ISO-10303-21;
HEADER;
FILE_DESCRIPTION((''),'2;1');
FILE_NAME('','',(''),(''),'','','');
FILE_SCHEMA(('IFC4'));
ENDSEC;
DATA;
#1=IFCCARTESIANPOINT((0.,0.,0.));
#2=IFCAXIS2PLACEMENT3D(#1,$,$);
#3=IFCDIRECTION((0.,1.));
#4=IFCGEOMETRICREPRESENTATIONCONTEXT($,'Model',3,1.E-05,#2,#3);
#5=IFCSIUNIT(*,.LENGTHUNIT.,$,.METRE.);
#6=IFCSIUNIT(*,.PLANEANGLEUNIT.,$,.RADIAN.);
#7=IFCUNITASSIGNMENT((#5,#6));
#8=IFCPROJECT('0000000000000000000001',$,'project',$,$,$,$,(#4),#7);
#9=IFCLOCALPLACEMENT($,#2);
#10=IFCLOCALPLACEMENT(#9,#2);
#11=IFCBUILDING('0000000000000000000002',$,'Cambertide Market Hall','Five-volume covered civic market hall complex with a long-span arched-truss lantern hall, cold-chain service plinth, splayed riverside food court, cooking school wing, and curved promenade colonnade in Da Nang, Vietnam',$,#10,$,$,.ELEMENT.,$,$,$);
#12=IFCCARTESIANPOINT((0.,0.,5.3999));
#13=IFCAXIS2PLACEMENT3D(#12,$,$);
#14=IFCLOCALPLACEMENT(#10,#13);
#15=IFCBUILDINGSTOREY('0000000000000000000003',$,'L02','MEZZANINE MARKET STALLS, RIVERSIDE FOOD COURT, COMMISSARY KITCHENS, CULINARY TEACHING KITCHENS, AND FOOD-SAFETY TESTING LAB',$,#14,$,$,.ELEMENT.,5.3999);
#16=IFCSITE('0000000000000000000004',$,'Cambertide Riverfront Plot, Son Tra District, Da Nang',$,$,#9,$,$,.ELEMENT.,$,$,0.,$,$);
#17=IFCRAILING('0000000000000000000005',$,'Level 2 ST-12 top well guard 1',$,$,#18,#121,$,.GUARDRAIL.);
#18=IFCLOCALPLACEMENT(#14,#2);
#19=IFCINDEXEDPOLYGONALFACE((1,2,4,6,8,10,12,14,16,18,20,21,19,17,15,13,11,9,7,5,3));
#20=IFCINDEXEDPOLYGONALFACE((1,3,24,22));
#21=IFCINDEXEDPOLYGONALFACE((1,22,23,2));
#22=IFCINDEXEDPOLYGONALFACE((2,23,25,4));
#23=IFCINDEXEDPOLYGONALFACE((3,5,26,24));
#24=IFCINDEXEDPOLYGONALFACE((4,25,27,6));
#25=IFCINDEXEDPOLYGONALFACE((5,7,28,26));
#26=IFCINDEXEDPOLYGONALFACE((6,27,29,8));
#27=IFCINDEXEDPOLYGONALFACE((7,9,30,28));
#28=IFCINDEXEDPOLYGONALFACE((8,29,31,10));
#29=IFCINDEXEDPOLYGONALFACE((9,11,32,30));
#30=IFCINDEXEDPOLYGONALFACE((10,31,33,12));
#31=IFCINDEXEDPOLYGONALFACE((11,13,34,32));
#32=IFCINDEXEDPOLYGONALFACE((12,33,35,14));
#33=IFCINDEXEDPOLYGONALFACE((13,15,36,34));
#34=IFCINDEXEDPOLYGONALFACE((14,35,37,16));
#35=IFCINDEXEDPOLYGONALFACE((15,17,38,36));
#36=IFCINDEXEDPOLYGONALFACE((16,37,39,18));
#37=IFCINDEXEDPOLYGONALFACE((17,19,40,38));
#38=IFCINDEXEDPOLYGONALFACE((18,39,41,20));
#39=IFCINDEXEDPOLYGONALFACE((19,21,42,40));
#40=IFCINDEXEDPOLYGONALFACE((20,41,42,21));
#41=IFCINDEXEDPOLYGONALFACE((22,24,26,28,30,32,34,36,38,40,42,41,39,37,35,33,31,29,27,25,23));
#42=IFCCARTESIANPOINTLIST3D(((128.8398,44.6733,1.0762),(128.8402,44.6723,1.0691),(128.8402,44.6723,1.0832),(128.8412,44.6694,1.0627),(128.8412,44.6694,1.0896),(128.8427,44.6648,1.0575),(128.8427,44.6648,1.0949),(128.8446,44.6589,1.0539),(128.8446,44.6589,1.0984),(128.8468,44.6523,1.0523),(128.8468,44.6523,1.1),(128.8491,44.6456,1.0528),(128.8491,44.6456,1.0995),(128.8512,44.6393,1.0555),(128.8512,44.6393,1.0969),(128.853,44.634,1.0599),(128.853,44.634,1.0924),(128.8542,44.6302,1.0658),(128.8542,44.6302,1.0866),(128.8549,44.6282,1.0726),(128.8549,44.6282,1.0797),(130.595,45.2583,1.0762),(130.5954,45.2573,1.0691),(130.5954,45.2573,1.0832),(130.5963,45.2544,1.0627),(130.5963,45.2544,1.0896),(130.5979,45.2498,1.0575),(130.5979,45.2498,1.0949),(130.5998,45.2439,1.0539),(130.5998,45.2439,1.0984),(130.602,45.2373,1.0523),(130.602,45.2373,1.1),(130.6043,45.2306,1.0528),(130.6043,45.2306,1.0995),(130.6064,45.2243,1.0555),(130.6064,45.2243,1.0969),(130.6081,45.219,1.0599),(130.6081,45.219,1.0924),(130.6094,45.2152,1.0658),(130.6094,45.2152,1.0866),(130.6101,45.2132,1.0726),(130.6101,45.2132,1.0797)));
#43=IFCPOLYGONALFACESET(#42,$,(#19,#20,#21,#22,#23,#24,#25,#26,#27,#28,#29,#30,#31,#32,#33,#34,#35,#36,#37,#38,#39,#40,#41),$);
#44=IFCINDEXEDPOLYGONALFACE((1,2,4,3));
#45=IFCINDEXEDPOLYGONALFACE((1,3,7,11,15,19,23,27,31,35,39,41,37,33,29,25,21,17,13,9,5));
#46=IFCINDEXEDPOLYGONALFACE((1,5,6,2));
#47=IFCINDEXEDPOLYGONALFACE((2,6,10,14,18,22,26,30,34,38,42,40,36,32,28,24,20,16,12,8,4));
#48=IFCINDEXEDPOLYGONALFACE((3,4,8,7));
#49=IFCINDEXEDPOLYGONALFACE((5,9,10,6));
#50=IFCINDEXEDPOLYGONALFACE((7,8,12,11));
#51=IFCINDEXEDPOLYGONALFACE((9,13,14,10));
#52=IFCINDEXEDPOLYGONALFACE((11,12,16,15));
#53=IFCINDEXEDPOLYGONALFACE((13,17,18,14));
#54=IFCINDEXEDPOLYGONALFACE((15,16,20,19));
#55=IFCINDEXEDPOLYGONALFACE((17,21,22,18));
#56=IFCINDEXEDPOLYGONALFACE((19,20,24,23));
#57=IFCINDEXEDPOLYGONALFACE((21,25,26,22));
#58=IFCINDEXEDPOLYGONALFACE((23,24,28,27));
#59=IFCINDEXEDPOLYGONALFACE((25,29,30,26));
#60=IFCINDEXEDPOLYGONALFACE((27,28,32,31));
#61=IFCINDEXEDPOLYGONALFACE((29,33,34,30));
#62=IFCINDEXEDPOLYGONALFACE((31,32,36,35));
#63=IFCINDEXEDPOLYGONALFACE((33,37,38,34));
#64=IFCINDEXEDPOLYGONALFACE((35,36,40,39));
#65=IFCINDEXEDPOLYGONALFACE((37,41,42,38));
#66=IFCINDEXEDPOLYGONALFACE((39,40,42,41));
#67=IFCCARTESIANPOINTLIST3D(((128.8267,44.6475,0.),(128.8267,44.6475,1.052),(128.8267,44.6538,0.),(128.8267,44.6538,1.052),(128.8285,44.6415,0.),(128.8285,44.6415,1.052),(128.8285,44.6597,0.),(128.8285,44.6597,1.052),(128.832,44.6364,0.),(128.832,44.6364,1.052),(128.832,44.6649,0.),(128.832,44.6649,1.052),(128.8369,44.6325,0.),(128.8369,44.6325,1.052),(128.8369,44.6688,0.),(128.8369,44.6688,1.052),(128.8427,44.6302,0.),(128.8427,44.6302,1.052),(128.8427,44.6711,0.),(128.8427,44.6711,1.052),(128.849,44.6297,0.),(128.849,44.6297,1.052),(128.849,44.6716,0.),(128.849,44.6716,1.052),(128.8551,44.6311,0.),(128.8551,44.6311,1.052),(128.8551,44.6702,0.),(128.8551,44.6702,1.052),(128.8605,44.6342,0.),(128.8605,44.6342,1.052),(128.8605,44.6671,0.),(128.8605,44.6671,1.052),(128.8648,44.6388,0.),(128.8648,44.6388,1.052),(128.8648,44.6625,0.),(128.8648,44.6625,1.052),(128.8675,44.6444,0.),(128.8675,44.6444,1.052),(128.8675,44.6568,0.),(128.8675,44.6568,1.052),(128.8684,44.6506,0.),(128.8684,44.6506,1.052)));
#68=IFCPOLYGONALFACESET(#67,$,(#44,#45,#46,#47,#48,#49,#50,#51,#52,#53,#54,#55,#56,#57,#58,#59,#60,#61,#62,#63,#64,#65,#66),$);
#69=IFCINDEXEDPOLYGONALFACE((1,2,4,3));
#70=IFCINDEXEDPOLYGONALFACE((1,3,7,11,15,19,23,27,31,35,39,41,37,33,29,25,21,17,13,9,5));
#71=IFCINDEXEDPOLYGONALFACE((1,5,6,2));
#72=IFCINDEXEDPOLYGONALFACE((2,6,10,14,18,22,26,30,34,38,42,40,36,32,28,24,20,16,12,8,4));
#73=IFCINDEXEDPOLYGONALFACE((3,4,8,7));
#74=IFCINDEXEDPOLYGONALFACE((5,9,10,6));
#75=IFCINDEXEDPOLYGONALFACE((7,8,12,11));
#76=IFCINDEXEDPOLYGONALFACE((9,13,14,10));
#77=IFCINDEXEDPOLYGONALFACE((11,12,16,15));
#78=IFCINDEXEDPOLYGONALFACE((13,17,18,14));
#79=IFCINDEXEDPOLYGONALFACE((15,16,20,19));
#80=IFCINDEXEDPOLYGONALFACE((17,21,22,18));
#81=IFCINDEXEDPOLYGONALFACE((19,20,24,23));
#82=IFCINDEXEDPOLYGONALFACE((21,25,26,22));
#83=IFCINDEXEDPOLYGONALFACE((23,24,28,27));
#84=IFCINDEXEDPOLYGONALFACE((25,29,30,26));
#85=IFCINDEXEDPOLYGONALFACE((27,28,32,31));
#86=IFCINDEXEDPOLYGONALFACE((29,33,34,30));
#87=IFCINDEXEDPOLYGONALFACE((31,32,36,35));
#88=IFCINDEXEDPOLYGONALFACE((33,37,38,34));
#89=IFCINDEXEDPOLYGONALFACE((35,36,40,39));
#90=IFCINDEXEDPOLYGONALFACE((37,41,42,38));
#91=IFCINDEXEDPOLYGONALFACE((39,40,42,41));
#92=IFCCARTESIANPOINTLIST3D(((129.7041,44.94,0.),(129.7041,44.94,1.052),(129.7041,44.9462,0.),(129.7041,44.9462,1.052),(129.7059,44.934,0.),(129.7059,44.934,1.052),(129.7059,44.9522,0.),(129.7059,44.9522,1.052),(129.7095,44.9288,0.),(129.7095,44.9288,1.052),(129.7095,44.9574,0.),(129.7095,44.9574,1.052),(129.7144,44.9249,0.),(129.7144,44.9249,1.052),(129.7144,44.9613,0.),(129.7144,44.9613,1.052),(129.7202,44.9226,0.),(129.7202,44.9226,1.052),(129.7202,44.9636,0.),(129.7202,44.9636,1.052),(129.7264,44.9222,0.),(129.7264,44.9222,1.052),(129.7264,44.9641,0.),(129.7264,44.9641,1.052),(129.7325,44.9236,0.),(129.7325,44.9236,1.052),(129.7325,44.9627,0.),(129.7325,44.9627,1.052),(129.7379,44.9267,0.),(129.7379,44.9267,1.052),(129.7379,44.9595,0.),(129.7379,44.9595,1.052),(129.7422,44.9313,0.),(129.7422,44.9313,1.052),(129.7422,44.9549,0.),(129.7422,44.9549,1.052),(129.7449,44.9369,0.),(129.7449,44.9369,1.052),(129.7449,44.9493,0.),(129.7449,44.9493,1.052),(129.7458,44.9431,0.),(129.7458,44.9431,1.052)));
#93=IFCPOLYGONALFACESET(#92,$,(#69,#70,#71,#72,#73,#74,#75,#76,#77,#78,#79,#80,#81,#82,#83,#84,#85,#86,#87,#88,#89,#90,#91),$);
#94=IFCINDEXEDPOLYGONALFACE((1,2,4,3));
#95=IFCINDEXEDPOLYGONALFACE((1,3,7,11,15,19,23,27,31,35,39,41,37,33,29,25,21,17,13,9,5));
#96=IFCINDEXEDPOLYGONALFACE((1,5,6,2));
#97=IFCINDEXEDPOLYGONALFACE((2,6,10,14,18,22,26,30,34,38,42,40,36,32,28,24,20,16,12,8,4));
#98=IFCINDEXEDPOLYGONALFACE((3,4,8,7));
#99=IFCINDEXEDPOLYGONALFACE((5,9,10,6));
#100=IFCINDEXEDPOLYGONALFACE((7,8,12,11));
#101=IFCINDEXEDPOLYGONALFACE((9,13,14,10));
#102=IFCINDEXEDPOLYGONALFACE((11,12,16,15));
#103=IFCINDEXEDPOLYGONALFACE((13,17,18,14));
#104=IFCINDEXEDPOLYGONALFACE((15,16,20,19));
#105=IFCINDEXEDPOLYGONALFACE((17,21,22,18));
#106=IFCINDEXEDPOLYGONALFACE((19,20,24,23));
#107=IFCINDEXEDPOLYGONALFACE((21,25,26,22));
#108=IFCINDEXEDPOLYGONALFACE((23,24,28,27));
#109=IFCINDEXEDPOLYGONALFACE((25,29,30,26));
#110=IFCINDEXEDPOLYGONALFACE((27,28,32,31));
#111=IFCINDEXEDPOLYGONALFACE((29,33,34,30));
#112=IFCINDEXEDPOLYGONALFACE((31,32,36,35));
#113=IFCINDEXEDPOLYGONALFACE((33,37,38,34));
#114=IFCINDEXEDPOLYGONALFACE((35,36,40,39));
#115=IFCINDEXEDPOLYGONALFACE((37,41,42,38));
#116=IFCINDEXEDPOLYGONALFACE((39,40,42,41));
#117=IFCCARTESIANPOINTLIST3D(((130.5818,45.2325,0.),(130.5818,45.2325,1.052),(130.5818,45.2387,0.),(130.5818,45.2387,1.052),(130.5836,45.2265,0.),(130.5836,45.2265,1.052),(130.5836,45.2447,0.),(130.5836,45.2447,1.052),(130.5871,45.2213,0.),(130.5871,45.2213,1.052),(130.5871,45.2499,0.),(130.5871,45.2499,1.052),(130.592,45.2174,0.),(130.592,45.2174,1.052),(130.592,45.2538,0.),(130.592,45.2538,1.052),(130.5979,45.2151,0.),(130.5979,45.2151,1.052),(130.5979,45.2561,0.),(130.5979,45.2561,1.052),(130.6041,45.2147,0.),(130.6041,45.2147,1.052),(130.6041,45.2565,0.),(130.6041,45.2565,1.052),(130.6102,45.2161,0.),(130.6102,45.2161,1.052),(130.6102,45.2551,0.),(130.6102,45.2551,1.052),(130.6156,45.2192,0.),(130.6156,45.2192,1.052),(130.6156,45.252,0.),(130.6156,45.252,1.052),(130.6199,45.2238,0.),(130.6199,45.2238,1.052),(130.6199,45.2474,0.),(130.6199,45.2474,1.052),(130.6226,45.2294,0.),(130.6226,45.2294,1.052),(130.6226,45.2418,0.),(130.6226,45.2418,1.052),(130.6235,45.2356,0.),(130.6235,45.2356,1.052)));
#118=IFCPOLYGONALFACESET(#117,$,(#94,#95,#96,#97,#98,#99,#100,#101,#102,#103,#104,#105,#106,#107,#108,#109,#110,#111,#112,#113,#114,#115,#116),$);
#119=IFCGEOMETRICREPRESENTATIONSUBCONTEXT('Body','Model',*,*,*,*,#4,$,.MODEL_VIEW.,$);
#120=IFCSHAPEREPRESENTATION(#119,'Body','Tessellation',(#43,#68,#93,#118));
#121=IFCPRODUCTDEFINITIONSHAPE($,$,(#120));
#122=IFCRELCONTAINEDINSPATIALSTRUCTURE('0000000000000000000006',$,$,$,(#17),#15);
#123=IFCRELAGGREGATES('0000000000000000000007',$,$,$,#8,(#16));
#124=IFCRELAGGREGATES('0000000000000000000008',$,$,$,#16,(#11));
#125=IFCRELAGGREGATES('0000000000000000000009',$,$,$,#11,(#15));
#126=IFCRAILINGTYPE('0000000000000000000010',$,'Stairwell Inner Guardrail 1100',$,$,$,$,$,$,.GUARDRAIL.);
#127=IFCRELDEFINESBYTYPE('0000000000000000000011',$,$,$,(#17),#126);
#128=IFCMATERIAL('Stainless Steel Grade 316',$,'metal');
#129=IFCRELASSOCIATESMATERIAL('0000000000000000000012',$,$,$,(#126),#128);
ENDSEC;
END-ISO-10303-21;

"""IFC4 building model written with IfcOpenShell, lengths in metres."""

from ifc_helpers import new_model, si_unit, direction, frame, origin, origin_2d, place, context, subcontext, project, spatial, circle, extrude, material, type_object, element, save


model = new_model("IFC4")

# Units and contexts
model_context = context("Model", 3, precision=1e-05, world=origin(), true_north=direction((0.0, 1.0)))
body_context = subcontext(model_context, "Body", "Model", "MODEL_VIEW")
ifc_project = project(units=[si_unit("LENGTHUNIT", "METRE"), si_unit("PLANEANGLEUNIT", "RADIAN")], contexts=[model_context])

# Site, building, storey
site_placement = place(None, origin())
site = spatial("IfcSite", under=ifc_project, at=site_placement, Name="Cambertide Riverfront Plot, Son Tra District, Da Nang", CompositionType="ELEMENT", RefElevation=0.0)
building_placement = place(site_placement, origin())
building = spatial("IfcBuilding", under=site, at=building_placement, Name="Cambertide Market Hall", Description="Five-volume covered civic market hall complex with a long-span arched-truss lantern hall, cold-chain service plinth, splayed riverside food court, cooking school wing, and curved promenade colonnade in Da Nang, Vietnam", CompositionType="ELEMENT")
storey_placement = place(building_placement, frame((0.0, 0.0, 5.3999)))
storey = spatial("IfcBuildingStorey", under=building, at=storey_placement, Name="L02", Description="MEZZANINE MARKET STALLS, RIVERSIDE FOOD COURT, COMMISSARY KITCHENS, CULINARY TEACHING KITCHENS, AND FOOD-SAFETY TESTING LAB", CompositionType="ELEMENT", Elevation=5.3999)

# Railing
ifc_material_1 = material(Name="Stainless Steel Grade 316", Category="metal")
railing_type = type_object("IfcRailingType", Name="Stairwell Inner Guardrail 1100", PredefinedType="GUARDRAIL", material=ifc_material_1)
railing_1_placement = place(storey_placement, frame((128.8474, 44.6506, 0.0)))
element("IfcRailing", 1, at=railing_1_placement, inside=storey, type_object=railing_type, Name="Level 2 ST-12 top well guard 1", PredefinedType="GUARDRAIL", context=body_context, shape_type="SweptSolid", body=[
    extrude(circle(Radius=0.0239, at=origin_2d()), frame((0.0, 0.0, 1.0762), z_axis=(0.948696, 0.316188, 0.0), x_axis=(-0.316188, 0.948696, 0.0)), (0.0, 0.0, 1.0), 1.8501),
    extrude(circle(Radius=0.021, at=origin_2d()), origin(), (0.0, 0.0, 1.0), 1.052),
    extrude(circle(Radius=0.021, at=origin_2d()), frame((0.8774, 0.2925, 0.0)), (0.0, 0.0, 1.0), 1.052),
    extrude(circle(Radius=0.021, at=origin_2d()), frame((1.7551, 0.585, 0.0)), (0.0, 0.0, 1.0), 1.052),
])

save(model, "model.ifc")
